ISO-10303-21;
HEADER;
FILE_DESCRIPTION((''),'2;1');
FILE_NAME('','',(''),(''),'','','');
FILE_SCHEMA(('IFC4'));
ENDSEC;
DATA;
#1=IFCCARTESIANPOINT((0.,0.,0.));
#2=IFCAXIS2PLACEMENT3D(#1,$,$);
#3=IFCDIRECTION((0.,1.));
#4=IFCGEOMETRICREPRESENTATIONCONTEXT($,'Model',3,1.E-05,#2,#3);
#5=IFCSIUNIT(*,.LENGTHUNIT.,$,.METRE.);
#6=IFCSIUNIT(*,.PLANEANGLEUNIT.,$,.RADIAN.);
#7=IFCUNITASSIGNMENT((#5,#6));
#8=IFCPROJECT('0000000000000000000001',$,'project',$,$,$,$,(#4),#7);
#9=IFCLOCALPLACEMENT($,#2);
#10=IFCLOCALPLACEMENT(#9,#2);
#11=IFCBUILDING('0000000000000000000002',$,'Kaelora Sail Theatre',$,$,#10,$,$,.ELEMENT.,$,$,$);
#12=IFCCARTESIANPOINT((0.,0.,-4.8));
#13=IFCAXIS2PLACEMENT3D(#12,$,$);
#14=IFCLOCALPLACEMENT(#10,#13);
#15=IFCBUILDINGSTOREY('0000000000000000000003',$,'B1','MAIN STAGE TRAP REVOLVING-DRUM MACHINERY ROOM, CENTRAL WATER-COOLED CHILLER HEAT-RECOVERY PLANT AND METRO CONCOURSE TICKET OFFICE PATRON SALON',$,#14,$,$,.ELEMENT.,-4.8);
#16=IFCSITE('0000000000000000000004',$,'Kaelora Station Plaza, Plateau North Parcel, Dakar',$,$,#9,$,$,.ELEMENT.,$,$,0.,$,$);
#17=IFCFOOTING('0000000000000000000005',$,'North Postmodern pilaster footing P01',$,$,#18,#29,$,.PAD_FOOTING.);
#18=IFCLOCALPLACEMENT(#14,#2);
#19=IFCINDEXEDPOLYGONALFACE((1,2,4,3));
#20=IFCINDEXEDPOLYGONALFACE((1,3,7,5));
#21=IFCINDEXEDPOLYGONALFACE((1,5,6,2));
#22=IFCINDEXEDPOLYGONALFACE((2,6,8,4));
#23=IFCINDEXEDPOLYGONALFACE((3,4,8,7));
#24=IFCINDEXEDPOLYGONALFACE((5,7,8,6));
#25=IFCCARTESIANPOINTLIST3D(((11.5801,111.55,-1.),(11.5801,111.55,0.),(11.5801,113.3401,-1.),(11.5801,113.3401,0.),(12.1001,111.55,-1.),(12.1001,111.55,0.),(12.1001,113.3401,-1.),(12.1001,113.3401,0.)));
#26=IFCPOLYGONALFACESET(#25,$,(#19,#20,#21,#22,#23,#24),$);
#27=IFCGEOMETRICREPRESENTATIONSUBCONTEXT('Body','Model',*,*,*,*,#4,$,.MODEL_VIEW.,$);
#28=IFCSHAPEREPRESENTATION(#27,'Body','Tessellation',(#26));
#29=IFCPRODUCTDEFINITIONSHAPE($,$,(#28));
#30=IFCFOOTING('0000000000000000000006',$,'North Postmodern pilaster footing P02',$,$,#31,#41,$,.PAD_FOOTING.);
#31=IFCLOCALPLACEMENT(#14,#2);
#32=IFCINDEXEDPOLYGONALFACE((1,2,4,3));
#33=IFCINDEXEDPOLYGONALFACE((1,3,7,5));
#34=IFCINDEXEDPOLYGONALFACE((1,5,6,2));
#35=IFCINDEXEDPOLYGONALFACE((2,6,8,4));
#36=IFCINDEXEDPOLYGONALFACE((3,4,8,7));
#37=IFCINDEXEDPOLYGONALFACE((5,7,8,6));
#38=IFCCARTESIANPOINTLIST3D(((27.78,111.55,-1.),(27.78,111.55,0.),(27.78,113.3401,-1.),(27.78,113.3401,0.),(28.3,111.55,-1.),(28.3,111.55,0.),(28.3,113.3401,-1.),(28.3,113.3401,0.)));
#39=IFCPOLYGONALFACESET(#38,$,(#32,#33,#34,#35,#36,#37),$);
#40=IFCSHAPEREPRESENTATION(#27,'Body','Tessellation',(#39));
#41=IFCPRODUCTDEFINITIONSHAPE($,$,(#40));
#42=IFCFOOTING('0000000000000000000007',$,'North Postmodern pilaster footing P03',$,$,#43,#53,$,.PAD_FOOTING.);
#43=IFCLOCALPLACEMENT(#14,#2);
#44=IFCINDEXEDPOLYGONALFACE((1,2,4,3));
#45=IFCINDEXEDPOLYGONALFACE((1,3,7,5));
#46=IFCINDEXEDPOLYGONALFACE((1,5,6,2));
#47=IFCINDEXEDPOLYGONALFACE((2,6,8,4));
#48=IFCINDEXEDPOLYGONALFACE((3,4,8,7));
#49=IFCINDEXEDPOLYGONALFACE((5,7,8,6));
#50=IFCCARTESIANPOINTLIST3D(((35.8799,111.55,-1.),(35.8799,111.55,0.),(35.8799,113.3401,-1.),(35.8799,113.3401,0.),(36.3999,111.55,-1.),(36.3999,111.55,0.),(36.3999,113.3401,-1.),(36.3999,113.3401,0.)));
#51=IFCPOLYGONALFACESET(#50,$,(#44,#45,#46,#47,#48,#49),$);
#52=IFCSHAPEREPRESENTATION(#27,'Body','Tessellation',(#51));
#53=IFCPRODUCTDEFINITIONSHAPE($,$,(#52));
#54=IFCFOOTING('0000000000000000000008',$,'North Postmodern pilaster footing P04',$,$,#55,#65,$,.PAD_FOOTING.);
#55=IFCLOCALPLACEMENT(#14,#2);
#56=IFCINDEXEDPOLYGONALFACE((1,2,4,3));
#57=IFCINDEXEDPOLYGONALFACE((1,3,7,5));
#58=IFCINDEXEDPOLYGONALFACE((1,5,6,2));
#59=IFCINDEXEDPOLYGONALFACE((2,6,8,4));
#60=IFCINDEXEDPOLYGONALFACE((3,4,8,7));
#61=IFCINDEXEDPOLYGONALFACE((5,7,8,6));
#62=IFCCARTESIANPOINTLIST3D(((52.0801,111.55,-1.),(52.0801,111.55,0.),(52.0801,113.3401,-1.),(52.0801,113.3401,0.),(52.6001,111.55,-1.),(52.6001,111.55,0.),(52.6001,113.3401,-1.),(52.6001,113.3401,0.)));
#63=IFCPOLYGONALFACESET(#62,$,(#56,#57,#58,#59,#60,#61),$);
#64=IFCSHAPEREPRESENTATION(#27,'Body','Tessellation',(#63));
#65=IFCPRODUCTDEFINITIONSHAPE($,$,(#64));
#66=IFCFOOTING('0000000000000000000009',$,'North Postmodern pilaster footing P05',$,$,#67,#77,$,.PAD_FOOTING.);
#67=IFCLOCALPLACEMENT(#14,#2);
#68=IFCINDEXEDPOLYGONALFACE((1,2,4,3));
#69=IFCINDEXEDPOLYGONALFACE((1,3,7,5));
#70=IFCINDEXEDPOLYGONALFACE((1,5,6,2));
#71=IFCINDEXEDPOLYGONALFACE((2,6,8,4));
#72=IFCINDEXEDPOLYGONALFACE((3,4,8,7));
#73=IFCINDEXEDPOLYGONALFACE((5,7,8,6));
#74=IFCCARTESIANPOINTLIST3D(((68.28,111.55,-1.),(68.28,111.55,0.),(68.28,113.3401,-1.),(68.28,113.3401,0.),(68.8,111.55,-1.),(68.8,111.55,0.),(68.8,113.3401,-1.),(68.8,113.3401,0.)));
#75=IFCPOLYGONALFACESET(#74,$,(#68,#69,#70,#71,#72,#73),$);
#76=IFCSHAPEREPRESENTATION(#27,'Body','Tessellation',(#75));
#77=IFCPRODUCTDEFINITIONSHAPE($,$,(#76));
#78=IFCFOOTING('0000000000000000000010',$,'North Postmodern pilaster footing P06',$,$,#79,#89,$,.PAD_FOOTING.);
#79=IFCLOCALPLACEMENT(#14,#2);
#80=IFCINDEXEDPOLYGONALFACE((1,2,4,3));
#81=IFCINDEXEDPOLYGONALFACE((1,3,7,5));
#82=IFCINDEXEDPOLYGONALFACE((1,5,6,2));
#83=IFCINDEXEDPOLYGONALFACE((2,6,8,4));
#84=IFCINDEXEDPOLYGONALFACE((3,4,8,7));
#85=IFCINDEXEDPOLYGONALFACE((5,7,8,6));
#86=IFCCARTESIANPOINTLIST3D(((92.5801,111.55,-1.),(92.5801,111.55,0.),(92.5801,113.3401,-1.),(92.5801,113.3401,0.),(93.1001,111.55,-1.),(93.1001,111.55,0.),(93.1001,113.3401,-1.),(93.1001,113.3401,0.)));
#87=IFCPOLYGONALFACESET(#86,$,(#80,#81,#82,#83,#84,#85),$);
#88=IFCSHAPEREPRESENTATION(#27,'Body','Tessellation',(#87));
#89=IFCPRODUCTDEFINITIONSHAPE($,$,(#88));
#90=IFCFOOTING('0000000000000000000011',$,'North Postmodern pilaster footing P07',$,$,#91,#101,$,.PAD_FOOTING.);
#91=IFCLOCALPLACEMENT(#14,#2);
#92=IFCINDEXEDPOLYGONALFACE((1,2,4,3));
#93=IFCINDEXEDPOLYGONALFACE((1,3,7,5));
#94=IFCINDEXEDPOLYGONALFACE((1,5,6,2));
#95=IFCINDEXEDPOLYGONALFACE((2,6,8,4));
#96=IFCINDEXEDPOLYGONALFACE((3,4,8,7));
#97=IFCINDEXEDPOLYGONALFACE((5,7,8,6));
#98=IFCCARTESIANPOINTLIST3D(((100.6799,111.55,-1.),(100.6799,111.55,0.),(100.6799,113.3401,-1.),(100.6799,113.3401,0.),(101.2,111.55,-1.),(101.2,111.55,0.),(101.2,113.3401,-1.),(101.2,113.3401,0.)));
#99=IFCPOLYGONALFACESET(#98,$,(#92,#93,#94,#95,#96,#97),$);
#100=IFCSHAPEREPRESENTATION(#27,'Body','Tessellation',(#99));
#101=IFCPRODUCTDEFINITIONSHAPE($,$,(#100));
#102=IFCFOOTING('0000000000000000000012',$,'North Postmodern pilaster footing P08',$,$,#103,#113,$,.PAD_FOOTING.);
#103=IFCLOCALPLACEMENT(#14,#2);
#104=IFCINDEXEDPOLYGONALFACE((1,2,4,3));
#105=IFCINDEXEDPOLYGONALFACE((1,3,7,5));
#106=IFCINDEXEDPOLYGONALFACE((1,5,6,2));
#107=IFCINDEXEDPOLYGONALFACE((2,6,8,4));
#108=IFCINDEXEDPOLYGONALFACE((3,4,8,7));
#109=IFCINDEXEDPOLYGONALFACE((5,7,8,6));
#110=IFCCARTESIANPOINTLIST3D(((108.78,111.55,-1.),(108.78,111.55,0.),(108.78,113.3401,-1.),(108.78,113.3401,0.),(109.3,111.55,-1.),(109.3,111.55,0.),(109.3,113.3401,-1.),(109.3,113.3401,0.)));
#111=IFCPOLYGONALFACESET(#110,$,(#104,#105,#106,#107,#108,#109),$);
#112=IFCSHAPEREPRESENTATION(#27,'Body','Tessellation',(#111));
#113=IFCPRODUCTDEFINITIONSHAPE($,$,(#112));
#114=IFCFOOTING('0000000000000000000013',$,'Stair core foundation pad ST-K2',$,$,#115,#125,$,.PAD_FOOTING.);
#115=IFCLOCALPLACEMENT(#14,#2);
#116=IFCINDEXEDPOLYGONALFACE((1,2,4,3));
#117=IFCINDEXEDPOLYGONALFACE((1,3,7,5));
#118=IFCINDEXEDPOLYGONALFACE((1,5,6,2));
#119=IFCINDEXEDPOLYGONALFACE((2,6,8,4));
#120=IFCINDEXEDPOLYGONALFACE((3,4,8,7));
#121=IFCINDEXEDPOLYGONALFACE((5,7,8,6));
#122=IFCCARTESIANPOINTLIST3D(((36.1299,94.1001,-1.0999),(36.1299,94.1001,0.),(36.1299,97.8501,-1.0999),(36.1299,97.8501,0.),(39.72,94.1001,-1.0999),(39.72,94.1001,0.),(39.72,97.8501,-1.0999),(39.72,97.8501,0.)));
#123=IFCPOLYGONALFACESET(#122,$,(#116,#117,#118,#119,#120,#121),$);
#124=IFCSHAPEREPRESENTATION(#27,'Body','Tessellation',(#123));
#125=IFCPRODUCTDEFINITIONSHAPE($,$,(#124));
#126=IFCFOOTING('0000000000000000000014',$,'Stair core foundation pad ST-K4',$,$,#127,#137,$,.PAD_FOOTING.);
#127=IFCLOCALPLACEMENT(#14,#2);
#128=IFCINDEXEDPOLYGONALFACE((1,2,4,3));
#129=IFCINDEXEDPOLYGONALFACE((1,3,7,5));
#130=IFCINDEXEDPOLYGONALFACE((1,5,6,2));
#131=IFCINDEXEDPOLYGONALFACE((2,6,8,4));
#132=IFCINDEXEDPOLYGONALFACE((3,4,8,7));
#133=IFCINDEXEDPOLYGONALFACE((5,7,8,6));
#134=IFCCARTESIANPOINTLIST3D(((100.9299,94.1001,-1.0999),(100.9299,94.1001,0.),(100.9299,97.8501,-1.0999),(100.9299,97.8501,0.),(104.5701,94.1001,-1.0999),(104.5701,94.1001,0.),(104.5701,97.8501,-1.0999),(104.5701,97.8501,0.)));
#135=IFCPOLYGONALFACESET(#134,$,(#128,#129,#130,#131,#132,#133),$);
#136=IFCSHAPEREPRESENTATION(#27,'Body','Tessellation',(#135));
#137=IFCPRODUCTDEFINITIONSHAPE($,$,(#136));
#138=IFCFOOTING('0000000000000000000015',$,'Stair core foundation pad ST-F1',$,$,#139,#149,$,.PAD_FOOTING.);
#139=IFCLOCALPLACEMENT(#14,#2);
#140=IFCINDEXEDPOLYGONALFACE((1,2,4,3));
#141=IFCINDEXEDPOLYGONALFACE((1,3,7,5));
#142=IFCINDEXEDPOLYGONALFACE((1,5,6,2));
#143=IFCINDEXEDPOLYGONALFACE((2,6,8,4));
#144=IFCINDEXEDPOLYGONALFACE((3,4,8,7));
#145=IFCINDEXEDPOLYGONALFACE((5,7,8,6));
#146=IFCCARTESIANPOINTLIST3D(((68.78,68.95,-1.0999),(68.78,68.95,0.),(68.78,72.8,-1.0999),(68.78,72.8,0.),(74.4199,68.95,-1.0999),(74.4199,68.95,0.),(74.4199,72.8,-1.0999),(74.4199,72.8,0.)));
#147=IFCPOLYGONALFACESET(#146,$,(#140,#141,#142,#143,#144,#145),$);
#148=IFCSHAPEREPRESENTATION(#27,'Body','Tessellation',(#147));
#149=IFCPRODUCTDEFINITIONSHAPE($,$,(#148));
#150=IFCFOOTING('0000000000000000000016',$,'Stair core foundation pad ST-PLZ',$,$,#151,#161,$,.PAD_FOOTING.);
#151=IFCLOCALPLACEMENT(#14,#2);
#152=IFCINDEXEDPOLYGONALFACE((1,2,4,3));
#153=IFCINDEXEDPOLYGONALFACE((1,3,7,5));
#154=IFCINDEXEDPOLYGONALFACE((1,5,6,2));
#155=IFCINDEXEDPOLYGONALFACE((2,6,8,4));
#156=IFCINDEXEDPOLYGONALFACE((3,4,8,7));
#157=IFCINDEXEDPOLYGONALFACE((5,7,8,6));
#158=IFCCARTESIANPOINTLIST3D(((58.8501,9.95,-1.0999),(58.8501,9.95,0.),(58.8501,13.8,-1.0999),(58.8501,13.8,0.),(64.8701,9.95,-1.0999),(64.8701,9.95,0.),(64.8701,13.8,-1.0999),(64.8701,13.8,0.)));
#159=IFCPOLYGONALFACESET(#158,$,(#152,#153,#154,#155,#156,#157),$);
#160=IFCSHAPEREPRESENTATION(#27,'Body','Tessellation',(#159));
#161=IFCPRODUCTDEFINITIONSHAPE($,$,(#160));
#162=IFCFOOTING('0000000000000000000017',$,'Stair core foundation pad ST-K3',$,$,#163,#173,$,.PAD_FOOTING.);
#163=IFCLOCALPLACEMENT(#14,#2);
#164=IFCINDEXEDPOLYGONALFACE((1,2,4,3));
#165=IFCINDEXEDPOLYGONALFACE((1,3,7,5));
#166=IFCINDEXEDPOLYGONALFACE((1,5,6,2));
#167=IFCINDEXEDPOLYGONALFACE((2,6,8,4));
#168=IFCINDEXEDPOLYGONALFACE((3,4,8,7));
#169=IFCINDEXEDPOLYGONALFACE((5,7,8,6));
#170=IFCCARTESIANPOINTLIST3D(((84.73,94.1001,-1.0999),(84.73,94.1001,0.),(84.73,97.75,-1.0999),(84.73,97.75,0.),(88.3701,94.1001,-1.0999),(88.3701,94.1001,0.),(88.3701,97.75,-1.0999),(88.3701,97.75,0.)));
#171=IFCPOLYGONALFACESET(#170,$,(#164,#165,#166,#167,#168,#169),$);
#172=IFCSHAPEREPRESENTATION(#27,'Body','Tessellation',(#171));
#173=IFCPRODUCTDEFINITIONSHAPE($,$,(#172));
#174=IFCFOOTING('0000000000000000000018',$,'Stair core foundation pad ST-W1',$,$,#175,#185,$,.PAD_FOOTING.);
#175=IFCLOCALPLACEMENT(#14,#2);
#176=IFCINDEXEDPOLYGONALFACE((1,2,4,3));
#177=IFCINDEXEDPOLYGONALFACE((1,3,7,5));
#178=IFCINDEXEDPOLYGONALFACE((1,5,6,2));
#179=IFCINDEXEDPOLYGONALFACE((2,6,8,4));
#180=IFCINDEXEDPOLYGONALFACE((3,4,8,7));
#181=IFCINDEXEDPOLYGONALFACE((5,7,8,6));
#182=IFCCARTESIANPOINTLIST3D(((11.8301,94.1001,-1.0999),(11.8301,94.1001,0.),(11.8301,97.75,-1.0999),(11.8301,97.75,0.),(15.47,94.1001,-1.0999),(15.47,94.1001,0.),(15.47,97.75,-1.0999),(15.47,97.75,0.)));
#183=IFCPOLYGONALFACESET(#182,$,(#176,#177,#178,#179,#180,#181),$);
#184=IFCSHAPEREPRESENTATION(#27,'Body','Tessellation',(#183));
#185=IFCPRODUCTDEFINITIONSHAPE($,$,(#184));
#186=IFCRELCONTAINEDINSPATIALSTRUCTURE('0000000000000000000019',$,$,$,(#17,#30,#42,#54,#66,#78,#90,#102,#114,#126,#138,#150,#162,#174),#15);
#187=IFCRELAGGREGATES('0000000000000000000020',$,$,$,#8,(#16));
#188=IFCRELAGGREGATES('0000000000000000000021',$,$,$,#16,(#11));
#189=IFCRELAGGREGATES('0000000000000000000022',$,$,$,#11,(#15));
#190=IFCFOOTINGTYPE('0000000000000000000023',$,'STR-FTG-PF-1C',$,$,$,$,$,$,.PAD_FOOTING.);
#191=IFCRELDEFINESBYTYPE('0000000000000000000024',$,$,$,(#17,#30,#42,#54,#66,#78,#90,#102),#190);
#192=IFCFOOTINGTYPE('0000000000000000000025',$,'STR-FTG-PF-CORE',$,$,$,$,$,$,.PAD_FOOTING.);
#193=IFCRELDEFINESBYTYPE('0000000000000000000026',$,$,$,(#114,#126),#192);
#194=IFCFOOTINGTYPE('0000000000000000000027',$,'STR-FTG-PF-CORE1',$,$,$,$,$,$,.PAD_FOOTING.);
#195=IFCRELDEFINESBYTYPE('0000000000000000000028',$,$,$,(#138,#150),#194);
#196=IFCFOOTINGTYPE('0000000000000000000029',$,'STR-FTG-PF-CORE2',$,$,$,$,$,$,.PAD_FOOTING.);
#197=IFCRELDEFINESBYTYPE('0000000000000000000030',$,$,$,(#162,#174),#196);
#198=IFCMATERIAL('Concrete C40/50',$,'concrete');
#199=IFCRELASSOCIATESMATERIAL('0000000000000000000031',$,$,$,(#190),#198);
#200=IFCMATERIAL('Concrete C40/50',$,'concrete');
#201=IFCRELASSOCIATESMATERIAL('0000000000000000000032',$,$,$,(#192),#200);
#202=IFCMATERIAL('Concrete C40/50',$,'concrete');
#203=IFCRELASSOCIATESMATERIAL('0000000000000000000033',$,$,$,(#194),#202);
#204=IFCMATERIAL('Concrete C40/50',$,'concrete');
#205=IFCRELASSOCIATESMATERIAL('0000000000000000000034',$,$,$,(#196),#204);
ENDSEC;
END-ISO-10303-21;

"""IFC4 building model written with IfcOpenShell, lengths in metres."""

from ifc_helpers import new_model, si_unit, direction, frame, origin, place, context, subcontext, project, spatial, polyline, outline, extrude, material, type_object, element, save


model = new_model("IFC4")

# Units and contexts
model_context = context("Model", 3, precision=1e-05, world=origin(), true_north=direction((0.0, 1.0)))
body_context = subcontext(model_context, "Body", "Model", "MODEL_VIEW")
ifc_project = project(units=[si_unit("LENGTHUNIT", "METRE"), si_unit("PLANEANGLEUNIT", "RADIAN")], contexts=[model_context])

# Site, building, storey
site_placement = place(None, origin())
site = spatial("IfcSite", under=ifc_project, at=site_placement, Name="Kaelora Station Plaza, Plateau North Parcel, Dakar", CompositionType="ELEMENT", RefElevation=0.0)
building_placement = place(site_placement, origin())
building = spatial("IfcBuilding", under=site, at=building_placement, Name="Kaelora Sail Theatre", CompositionType="ELEMENT")
storey_placement = place(building_placement, frame((0.0, 0.0, -4.8)))
storey = spatial("IfcBuildingStorey", under=building, at=storey_placement, Name="B1", Description="MAIN STAGE TRAP REVOLVING-DRUM MACHINERY ROOM, CENTRAL WATER-COOLED CHILLER HEAT-RECOVERY PLANT AND METRO CONCOURSE TICKET OFFICE PATRON SALON", CompositionType="ELEMENT", Elevation=-4.8)

# Footings
ifc_material_1 = material(Name="Concrete C40/50", Category="concrete")
footing_type_1 = type_object("IfcFootingType", Name="STR-FTG-PF-1C", PredefinedType="PAD_FOOTING", material=ifc_material_1)
footing_1_placement = place(storey_placement, frame((0.0, 0.0, -1.0)))
element("IfcFooting", 1, at=footing_1_placement, inside=storey, type_object=footing_type_1, Name="North Postmodern pilaster footing P01", PredefinedType="PAD_FOOTING", context=body_context, shape_type="SweptSolid", body=[
    extrude(outline(polyline([(11.5801, 111.55), (11.5801, 113.3401), (12.1001, 113.3401), (12.1001, 111.55), (11.5801, 111.55)])), origin(), (0.0, 0.0, 1.0), 1.0),
])
footing_2_placement = place(storey_placement, frame((0.0, 0.0, -1.0)))
element("IfcFooting", 2, at=footing_2_placement, inside=storey, type_object=footing_type_1, Name="North Postmodern pilaster footing P02", PredefinedType="PAD_FOOTING", context=body_context, shape_type="SweptSolid", body=[
    extrude(outline(polyline([(27.78, 113.3401), (28.3, 113.3401), (28.3, 111.55), (27.78, 111.55), (27.78, 113.3401)])), origin(), (0.0, 0.0, 1.0), 1.0),
])
footing_3_placement = place(storey_placement, frame((0.0, 0.0, -1.0)))
element("IfcFooting", 3, at=footing_3_placement, inside=storey, type_object=footing_type_1, Name="North Postmodern pilaster footing P03", PredefinedType="PAD_FOOTING", context=body_context, shape_type="SweptSolid", body=[
    extrude(outline(polyline([(36.3999, 113.3401), (36.3999, 111.55), (35.8799, 111.55), (35.8799, 113.3401), (36.3999, 113.3401)])), origin(), (0.0, 0.0, 1.0), 1.0),
])
footing_4_placement = place(storey_placement, frame((0.0, 0.0, -1.0)))
element("IfcFooting", 4, at=footing_4_placement, inside=storey, type_object=footing_type_1, Name="North Postmodern pilaster footing P04", PredefinedType="PAD_FOOTING", context=body_context, shape_type="SweptSolid", body=[
    extrude(outline(polyline([(52.6001, 111.55), (52.0801, 111.55), (52.0801, 113.3401), (52.6001, 113.3401), (52.6001, 111.55)])), origin(), (0.0, 0.0, 1.0), 1.0),
])
footing_5_placement = place(storey_placement, frame((0.0, 0.0, -1.0)))
element("IfcFooting", 5, at=footing_5_placement, inside=storey, type_object=footing_type_1, Name="North Postmodern pilaster footing P05", PredefinedType="PAD_FOOTING", context=body_context, shape_type="SweptSolid", body=[
    extrude(outline(polyline([(68.28, 111.55), (68.28, 113.3401), (68.8, 113.3401), (68.8, 111.55), (68.28, 111.55)])), origin(), (0.0, 0.0, 1.0), 1.0),
])
footing_6_placement = place(storey_placement, frame((0.0, 0.0, -1.0)))
element("IfcFooting", 6, at=footing_6_placement, inside=storey, type_object=footing_type_1, Name="North Postmodern pilaster footing P06", PredefinedType="PAD_FOOTING", context=body_context, shape_type="SweptSolid", body=[
    extrude(outline(polyline([(92.5801, 113.3401), (93.1001, 113.3401), (93.1001, 111.55), (92.5801, 111.55), (92.5801, 113.3401)])), origin(), (0.0, 0.0, 1.0), 1.0),
])
footing_7_placement = place(storey_placement, frame((0.0, 0.0, -1.0)))
element("IfcFooting", 7, at=footing_7_placement, inside=storey, type_object=footing_type_1, Name="North Postmodern pilaster footing P07", PredefinedType="PAD_FOOTING", context=body_context, shape_type="SweptSolid", body=[
    extrude(outline(polyline([(101.2, 113.3401), (101.2, 111.55), (100.6799, 111.55), (100.6799, 113.3401), (101.2, 113.3401)])), origin(), (0.0, 0.0, 1.0), 1.0),
])
footing_8_placement = place(storey_placement, frame((0.0, 0.0, -1.0)))
element("IfcFooting", 8, at=footing_8_placement, inside=storey, type_object=footing_type_1, Name="North Postmodern pilaster footing P08", PredefinedType="PAD_FOOTING", context=body_context, shape_type="SweptSolid", body=[
    extrude(outline(polyline([(109.3, 111.55), (108.78, 111.55), (108.78, 113.3401), (109.3, 113.3401), (109.3, 111.55)])), origin(), (0.0, 0.0, 1.0), 1.0),
])
ifc_material_2 = material(Name="Concrete C40/50", Category="concrete")
footing_type_2 = type_object("IfcFootingType", Name="STR-FTG-PF-CORE", PredefinedType="PAD_FOOTING", material=ifc_material_2)
footing_9_placement = place(storey_placement, frame((0.0, 0.0, -1.0999)))
element("IfcFooting", 9, at=footing_9_placement, inside=storey, type_object=footing_type_2, Name="Stair core foundation pad ST-K2", PredefinedType="PAD_FOOTING", context=body_context, shape_type="SweptSolid", body=[
    extrude(outline(polyline([(36.1299, 94.1001), (39.72, 94.1001), (39.72, 97.8501), (36.1299, 97.8501), (36.1299, 94.1001)])), origin(), (0.0, 0.0, 1.0), 1.0999),
])
footing_10_placement = place(storey_placement, frame((0.0, 0.0, -1.0999)))
element("IfcFooting", 10, at=footing_10_placement, inside=storey, type_object=footing_type_2, Name="Stair core foundation pad ST-K4", PredefinedType="PAD_FOOTING", context=body_context, shape_type="SweptSolid", body=[
    extrude(outline(polyline([(100.9299, 94.1001), (104.5701, 94.1001), (104.5701, 97.8501), (100.9299, 97.8501), (100.9299, 94.1001)])), origin(), (0.0, 0.0, 1.0), 1.0999),
])
ifc_material_3 = material(Name="Concrete C40/50", Category="concrete")
footing_type_3 = type_object("IfcFootingType", Name="STR-FTG-PF-CORE1", PredefinedType="PAD_FOOTING", material=ifc_material_3)
footing_11_placement = place(storey_placement, frame((0.0, 0.0, -1.0999)))
element("IfcFooting", 11, at=footing_11_placement, inside=storey, type_object=footing_type_3, Name="Stair core foundation pad ST-F1", PredefinedType="PAD_FOOTING", context=body_context, shape_type="SweptSolid", body=[
    extrude(outline(polyline([(68.78, 68.95), (74.4199, 68.95), (74.4199, 72.8), (68.78, 72.8), (68.78, 68.95)])), origin(), (0.0, 0.0, 1.0), 1.0999),
])
footing_12_placement = place(storey_placement, frame((0.0, 0.0, -1.0999)))
element("IfcFooting", 12, at=footing_12_placement, inside=storey, type_object=footing_type_3, Name="Stair core foundation pad ST-PLZ", PredefinedType="PAD_FOOTING", context=body_context, shape_type="SweptSolid", body=[
    extrude(outline(polyline([(58.8501, 9.95), (64.8701, 9.95), (64.8701, 13.8), (58.8501, 13.8), (58.8501, 9.95)])), origin(), (0.0, 0.0, 1.0), 1.0999),
])
ifc_material_4 = material(Name="Concrete C40/50", Category="concrete")
footing_type_4 = type_object("IfcFootingType", Name="STR-FTG-PF-CORE2", PredefinedType="PAD_FOOTING", material=ifc_material_4)
footing_13_placement = place(storey_placement, frame((0.0, 0.0, -1.0999)))
element("IfcFooting", 13, at=footing_13_placement, inside=storey, type_object=footing_type_4, Name="Stair core foundation pad ST-K3", PredefinedType="PAD_FOOTING", context=body_context, shape_type="SweptSolid", body=[
    extrude(outline(polyline([(84.73, 94.1001), (88.3701, 94.1001), (88.3701, 97.75), (84.73, 97.75), (84.73, 94.1001)])), origin(), (0.0, 0.0, 1.0), 1.0999),
])
footing_14_placement = place(storey_placement, frame((0.0, 0.0, -1.0999)))
element("IfcFooting", 14, at=footing_14_placement, inside=storey, type_object=footing_type_4, Name="Stair core foundation pad ST-W1", PredefinedType="PAD_FOOTING", context=body_context, shape_type="SweptSolid", body=[
    extrude(outline(polyline([(11.8301, 94.1001), (15.47, 94.1001), (15.47, 97.75), (11.8301, 97.75), (11.8301, 94.1001)])), origin(), (0.0, 0.0, 1.0), 1.0999),
])

save(model, "model.ifc")
